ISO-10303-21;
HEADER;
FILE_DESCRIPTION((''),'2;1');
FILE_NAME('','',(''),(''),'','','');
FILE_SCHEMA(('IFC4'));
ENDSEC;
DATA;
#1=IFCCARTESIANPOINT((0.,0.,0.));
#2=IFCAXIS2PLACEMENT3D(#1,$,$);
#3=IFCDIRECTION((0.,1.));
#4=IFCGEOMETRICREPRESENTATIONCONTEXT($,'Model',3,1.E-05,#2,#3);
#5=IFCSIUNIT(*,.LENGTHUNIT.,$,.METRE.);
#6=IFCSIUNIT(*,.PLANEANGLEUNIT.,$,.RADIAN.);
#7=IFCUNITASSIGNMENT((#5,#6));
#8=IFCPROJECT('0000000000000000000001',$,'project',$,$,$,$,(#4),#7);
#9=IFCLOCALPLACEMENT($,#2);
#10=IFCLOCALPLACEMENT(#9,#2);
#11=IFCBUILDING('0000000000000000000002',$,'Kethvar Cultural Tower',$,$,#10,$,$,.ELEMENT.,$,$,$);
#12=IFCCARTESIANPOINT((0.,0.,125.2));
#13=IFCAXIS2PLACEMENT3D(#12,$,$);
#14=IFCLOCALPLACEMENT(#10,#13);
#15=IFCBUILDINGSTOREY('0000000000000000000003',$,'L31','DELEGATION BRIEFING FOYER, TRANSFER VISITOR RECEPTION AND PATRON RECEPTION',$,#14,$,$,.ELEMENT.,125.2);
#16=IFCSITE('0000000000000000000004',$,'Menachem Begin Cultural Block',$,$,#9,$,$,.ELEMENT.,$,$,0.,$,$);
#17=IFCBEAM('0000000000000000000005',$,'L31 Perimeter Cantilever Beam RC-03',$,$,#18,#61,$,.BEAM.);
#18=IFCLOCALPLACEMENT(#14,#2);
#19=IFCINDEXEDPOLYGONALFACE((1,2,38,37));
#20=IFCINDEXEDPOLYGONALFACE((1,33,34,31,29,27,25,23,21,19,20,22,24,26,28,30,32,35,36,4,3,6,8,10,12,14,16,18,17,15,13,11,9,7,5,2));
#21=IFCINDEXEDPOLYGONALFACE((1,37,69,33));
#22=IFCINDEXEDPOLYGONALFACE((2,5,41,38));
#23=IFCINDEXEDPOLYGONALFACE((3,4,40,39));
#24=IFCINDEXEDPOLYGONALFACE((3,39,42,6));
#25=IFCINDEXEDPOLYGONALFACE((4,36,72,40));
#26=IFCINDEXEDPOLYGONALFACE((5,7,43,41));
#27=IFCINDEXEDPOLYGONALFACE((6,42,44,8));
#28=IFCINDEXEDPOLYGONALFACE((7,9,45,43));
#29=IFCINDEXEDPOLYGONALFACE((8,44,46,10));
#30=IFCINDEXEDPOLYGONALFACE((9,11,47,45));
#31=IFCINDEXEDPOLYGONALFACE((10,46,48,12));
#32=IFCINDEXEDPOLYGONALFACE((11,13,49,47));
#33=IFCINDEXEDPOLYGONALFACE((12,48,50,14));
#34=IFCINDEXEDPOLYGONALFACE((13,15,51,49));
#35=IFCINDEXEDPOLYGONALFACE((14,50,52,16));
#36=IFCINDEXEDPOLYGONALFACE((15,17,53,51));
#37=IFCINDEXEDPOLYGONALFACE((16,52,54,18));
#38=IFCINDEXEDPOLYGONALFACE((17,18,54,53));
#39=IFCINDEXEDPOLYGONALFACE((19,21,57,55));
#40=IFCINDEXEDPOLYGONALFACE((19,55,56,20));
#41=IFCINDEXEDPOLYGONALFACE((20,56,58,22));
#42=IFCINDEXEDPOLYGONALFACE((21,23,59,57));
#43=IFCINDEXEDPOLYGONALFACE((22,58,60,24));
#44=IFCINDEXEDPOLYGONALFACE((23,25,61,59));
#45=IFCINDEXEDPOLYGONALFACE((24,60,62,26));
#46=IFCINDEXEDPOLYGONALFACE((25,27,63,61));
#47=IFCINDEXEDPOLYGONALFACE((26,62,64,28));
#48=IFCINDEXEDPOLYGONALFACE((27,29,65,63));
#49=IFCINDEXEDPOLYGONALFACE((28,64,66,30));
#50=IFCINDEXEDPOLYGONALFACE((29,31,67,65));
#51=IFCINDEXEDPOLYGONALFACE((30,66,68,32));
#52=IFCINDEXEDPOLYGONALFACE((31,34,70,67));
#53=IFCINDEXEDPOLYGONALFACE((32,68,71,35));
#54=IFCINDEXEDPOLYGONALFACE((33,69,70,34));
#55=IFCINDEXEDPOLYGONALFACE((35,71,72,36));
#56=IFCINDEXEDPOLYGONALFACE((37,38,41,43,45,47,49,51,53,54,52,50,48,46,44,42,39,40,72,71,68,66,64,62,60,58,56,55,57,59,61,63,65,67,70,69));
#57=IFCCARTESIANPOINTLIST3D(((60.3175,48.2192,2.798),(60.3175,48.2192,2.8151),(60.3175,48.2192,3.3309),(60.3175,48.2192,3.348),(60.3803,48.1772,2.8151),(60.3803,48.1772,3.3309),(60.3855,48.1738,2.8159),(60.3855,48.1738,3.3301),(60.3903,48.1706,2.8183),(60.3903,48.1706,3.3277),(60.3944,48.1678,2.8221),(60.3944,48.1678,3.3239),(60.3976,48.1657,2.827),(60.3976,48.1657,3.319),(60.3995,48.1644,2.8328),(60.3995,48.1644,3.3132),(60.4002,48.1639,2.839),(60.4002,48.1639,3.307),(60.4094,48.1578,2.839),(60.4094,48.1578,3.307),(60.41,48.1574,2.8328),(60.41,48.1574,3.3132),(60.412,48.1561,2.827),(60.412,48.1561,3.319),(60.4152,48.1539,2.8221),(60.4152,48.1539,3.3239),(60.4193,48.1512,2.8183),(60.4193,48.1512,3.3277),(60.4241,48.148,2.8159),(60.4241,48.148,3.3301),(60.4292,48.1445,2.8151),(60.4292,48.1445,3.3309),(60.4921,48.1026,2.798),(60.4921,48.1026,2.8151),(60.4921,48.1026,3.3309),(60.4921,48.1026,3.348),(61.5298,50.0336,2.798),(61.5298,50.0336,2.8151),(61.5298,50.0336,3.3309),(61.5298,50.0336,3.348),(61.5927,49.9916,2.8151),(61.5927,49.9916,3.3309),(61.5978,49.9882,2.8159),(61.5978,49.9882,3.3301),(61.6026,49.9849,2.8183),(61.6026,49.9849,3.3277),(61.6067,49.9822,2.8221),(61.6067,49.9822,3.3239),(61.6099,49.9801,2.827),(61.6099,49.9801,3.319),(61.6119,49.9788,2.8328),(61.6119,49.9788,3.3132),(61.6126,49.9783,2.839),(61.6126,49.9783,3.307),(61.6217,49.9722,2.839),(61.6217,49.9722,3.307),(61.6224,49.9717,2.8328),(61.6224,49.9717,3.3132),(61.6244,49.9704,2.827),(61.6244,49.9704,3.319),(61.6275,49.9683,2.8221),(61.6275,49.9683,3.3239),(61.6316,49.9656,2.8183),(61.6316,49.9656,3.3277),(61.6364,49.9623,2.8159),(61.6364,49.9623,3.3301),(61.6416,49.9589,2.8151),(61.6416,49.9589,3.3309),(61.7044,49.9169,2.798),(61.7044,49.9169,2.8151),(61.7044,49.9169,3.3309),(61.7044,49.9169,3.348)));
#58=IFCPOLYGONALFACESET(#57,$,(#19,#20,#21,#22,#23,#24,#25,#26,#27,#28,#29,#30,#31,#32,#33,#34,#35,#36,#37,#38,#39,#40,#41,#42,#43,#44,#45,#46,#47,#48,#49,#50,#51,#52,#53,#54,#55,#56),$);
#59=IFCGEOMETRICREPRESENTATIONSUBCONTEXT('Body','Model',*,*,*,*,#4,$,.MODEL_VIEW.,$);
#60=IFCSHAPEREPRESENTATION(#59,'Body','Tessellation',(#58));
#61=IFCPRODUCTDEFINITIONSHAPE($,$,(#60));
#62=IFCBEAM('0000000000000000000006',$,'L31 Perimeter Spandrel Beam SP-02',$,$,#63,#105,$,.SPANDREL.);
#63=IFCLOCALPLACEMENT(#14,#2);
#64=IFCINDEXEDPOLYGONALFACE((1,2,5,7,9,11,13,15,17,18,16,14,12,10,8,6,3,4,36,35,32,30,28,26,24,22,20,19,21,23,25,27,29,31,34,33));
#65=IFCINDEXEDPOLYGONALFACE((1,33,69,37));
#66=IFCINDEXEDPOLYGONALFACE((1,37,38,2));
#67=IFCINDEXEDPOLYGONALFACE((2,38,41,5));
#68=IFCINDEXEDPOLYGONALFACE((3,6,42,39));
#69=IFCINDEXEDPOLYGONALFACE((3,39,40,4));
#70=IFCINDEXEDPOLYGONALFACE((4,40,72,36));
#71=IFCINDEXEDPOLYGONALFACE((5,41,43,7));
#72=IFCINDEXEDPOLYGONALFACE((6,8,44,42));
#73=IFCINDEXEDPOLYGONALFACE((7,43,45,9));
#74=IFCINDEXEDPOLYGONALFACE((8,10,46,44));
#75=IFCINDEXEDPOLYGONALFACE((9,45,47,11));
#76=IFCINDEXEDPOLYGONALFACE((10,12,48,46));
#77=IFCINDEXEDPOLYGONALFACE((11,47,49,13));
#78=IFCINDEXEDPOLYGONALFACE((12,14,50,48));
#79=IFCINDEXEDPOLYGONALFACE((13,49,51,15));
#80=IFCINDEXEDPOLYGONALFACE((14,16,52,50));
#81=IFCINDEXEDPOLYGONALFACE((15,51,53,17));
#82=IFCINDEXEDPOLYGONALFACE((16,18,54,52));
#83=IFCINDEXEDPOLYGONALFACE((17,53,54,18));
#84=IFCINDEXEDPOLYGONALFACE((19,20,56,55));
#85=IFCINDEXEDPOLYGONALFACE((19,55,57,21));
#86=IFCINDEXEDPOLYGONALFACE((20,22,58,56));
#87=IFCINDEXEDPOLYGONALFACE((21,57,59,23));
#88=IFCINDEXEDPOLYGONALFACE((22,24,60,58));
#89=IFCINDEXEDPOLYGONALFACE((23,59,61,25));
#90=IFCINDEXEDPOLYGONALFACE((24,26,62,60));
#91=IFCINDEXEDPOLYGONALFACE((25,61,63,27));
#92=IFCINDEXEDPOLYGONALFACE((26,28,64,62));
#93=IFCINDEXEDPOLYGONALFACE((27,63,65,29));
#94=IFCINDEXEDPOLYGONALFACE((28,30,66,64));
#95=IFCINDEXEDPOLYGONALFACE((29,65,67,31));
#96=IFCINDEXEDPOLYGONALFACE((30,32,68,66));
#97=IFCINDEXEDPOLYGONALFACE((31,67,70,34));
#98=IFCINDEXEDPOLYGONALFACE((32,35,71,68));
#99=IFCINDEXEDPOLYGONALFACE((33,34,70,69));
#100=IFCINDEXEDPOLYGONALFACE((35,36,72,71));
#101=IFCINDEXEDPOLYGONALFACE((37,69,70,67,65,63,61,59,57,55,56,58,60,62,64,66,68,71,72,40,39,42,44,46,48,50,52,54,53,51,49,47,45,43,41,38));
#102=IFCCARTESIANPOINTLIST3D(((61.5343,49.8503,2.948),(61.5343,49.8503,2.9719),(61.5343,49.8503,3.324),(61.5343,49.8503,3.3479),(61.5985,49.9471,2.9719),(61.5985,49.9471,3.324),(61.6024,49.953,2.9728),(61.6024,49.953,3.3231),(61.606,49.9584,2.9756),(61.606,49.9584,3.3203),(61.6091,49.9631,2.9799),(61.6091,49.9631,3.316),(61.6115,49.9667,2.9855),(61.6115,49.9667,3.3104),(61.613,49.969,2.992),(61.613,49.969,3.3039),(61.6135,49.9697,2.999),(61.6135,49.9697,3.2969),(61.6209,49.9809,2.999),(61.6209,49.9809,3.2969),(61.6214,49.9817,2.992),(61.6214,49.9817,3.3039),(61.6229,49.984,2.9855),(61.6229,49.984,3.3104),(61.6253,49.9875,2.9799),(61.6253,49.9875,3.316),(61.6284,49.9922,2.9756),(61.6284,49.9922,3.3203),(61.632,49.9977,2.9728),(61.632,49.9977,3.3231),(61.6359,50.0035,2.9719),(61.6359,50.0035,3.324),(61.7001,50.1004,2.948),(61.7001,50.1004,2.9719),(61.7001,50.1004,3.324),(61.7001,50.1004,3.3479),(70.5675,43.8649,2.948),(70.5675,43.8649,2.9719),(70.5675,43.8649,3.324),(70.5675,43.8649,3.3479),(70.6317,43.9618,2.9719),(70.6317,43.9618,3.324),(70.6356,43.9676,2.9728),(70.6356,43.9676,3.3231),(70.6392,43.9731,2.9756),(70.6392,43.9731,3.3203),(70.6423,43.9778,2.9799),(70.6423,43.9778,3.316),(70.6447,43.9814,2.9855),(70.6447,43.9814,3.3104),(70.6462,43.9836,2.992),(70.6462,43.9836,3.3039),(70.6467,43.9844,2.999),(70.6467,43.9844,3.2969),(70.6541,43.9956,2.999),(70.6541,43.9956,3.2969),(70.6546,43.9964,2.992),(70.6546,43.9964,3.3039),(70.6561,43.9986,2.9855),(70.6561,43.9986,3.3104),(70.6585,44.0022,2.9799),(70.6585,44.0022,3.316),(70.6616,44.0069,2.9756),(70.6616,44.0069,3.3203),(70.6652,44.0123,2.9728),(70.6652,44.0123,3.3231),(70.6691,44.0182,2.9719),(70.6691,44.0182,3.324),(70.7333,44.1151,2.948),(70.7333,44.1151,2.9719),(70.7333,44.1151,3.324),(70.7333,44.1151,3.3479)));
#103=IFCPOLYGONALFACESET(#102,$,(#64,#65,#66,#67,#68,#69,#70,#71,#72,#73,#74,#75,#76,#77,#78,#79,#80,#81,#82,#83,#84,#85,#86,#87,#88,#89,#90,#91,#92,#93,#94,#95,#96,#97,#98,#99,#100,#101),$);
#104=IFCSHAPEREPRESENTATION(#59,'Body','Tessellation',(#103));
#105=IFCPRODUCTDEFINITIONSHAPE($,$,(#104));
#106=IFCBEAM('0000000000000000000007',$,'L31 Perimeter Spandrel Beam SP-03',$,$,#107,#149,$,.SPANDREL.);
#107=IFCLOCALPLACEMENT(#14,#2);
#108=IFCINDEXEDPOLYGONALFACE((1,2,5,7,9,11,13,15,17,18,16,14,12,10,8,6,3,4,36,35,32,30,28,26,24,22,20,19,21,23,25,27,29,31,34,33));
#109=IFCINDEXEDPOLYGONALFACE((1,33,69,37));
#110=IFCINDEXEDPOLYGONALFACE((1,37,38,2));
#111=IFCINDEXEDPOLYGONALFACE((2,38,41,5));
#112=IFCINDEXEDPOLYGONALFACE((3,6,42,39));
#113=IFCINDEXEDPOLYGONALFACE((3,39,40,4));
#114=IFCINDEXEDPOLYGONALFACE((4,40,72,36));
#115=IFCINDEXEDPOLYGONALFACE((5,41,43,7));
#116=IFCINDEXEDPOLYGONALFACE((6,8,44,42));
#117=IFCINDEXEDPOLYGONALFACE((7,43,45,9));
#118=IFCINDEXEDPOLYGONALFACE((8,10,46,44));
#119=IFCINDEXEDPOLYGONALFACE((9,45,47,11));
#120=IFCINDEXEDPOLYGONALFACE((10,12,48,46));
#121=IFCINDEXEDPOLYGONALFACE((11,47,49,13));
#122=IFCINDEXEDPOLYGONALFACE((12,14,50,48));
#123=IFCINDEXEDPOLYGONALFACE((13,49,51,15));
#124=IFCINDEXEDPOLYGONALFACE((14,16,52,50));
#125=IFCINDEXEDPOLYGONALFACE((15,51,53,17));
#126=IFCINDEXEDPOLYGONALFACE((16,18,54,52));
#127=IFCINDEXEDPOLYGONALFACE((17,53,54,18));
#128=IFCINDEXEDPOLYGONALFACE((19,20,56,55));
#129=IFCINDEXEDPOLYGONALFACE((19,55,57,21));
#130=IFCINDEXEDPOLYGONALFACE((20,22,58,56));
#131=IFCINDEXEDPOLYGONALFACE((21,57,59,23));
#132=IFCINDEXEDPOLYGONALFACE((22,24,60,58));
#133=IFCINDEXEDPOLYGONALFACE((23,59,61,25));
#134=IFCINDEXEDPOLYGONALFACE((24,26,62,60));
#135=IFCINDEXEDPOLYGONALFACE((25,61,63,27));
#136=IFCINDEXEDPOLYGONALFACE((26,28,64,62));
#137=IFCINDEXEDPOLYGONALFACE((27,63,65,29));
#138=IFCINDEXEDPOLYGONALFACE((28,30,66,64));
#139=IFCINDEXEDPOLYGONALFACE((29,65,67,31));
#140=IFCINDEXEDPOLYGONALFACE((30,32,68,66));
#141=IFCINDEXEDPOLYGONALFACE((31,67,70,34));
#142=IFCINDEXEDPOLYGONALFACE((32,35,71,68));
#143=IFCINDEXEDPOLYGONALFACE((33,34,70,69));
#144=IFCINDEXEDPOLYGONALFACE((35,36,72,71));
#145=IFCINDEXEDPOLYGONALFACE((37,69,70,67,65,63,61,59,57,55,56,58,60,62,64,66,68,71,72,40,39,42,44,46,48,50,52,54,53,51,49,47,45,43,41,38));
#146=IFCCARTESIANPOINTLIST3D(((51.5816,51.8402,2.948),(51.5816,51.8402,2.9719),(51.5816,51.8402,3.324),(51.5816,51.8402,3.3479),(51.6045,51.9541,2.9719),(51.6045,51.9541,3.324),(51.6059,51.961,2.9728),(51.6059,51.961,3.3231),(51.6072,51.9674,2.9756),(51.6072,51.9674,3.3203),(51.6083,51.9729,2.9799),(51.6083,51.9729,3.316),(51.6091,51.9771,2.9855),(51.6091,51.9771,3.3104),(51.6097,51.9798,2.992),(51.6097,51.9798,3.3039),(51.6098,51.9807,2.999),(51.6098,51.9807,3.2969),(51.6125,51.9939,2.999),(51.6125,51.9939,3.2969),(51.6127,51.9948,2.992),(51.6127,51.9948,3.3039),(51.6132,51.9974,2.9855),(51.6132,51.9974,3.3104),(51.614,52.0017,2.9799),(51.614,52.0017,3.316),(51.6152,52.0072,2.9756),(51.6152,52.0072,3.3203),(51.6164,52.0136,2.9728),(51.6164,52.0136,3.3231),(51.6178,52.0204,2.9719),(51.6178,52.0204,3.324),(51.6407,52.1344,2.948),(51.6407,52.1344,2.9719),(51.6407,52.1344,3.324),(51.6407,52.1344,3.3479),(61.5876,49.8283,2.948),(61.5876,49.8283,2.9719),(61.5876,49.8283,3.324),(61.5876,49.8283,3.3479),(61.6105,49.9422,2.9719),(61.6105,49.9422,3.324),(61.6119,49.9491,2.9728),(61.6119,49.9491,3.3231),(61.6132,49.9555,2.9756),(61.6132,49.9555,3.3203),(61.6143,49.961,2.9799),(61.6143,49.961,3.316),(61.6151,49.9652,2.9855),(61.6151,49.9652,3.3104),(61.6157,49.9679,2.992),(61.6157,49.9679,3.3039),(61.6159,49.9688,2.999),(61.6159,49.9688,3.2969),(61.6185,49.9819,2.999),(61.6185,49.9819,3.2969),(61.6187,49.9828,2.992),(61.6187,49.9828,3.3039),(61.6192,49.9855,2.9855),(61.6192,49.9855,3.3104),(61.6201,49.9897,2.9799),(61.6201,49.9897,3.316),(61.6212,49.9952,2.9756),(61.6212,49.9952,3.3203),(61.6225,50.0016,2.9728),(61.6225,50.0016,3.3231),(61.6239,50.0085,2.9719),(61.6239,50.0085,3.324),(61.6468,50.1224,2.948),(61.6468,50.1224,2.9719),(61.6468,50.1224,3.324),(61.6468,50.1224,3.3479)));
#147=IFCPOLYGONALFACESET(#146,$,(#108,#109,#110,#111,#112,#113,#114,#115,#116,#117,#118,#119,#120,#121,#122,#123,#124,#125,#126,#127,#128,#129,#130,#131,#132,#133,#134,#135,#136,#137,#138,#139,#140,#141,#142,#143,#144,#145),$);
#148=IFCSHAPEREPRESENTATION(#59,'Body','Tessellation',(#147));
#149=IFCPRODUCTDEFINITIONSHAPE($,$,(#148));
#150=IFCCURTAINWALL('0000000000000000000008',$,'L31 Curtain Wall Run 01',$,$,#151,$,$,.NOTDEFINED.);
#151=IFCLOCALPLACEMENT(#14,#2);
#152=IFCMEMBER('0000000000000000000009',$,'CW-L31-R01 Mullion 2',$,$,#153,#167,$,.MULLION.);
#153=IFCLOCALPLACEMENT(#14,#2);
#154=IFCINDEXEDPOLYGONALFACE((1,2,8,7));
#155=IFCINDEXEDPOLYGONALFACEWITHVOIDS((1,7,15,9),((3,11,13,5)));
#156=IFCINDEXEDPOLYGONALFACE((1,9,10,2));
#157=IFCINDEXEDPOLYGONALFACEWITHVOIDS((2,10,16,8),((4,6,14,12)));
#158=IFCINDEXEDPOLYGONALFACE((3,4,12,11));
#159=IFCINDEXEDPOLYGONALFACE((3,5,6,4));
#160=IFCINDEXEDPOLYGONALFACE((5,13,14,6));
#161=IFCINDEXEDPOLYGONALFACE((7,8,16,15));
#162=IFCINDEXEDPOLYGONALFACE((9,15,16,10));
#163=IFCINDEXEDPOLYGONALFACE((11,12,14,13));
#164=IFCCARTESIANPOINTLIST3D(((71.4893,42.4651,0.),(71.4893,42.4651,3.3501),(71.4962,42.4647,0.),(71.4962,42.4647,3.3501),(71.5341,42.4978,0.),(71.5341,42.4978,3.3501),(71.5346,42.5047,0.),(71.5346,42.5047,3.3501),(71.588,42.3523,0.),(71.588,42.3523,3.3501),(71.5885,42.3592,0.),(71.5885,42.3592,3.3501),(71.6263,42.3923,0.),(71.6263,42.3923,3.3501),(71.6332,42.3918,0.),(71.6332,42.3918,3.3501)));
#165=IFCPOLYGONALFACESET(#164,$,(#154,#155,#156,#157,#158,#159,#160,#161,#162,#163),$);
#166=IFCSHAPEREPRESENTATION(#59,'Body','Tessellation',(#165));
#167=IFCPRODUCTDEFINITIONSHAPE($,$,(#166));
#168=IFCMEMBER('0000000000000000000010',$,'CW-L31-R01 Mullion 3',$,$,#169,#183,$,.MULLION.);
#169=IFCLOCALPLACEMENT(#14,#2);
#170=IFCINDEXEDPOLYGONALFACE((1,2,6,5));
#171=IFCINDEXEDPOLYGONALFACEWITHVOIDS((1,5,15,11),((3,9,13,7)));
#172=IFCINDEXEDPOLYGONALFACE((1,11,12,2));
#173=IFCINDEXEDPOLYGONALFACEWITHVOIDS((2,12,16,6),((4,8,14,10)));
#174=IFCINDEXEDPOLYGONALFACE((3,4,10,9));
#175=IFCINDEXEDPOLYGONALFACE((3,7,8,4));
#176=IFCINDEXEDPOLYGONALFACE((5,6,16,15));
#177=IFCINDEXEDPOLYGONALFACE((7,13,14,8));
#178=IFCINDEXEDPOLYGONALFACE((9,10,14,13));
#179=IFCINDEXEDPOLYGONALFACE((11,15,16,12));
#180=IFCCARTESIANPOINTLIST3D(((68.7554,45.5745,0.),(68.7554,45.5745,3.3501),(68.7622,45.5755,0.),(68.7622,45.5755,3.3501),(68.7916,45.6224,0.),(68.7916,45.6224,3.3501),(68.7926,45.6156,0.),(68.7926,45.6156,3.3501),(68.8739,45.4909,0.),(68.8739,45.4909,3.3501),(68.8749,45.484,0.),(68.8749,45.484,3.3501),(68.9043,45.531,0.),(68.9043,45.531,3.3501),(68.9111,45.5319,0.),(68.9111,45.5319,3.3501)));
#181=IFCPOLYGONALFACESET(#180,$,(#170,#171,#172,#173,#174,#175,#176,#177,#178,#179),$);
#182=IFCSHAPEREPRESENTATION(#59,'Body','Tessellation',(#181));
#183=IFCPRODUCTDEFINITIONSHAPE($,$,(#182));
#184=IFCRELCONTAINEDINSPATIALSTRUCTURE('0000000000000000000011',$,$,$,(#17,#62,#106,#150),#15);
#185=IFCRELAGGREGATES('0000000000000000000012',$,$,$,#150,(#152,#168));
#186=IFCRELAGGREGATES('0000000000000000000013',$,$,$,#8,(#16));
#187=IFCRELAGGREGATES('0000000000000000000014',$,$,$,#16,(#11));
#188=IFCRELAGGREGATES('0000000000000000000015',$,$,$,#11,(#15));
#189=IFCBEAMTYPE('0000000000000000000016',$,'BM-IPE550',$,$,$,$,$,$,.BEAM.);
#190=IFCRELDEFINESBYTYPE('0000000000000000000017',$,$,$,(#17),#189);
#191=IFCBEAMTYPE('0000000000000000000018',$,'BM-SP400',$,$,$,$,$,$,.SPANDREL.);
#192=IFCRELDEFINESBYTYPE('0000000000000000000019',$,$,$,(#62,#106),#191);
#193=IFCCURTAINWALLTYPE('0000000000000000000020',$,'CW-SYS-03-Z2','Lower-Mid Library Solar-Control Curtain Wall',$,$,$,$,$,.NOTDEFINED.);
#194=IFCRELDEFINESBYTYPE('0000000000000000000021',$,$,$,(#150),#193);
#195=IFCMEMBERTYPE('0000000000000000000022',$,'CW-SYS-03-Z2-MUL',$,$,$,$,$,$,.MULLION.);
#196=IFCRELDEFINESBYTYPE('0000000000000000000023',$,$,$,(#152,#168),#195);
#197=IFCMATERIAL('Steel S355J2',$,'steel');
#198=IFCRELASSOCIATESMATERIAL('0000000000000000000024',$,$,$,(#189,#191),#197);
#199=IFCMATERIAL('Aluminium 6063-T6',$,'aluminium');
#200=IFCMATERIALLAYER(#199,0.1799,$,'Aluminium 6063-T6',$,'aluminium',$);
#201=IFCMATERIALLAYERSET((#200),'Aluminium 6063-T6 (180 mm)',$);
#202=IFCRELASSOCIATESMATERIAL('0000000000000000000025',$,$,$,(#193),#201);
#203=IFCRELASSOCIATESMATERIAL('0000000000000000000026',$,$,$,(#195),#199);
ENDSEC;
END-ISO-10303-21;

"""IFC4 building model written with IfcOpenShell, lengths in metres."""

from ifc_helpers import new_model, si_unit, direction, frame, origin, origin_2d, place, context, subcontext, project, spatial, hollow_rectangle, i_section, extrude, source, transform, mapped, material, layer, layer_set, material_profile, profile_set, type_object, element, aggregate, save


model = new_model("IFC4")

# Units and contexts
model_context = context("Model", 3, precision=1e-05, world=origin(), true_north=direction((0.0, 1.0)))
body_context = subcontext(model_context, "Body", "Model", "MODEL_VIEW")
ifc_project = project(units=[si_unit("LENGTHUNIT", "METRE"), si_unit("PLANEANGLEUNIT", "RADIAN")], contexts=[model_context])

# Site, building, storey
site_placement = place(None, origin())
site = spatial("IfcSite", under=ifc_project, at=site_placement, Name="Menachem Begin Cultural Block", CompositionType="ELEMENT", RefElevation=0.0)
building_placement = place(site_placement, origin())
building = spatial("IfcBuilding", under=site, at=building_placement, Name="Kethvar Cultural Tower", CompositionType="ELEMENT")
storey_placement = place(building_placement, frame((0.0, 0.0, 125.2)))
storey = spatial("IfcBuildingStorey", under=building, at=storey_placement, Name="L31", Description="DELEGATION BRIEFING FOYER, TRANSFER VISITOR RECEPTION AND PATRON RECEPTION", CompositionType="ELEMENT", Elevation=125.2)

# Beams
ifc_material_1 = material(Name="Steel S355J2", Category="steel")
ifc_material_profile_1 = material_profile(ifc_material_1, i_section(OverallWidth=0.21, OverallDepth=0.55, WebThickness=0.011, FlangeThickness=0.0171, FilletRadius=0.0239, at=origin_2d()), Name="Steel S355J2 — IPE550")
ifc_profile_set_1 = profile_set([ifc_material_profile_1], Name="Steel S355J2 — IPE550")
beam_type_1 = type_object("IfcBeamType", Name="BM-IPE550", PredefinedType="BEAM", material=ifc_profile_set_1)
shared_shape_1 = source(origin(), body_context, "Body", "SweptSolid", [
    extrude(i_section(OverallWidth=0.21, OverallDepth=0.55, WebThickness=0.011, FlangeThickness=0.0171, FilletRadius=0.0239, at=origin_2d()), origin(), (0.0, 0.0, 1.0), 2.1821),
])
beam_1_placement = place(storey_placement, frame((60.4048, 48.1609, 3.073), z_axis=(0.555578, 0.831465, 0.0), x_axis=(-0.831465, 0.555578, 0.0)))
element("IfcBeam", 1, at=beam_1_placement, inside=storey, type_object=beam_type_1, Name="L31 Perimeter Cantilever Beam RC-03", PredefinedType="BEAM", context=body_context, shape_type="MappedRepresentation", body=[
    mapped(shared_shape_1, transform((0.0, 0.0, 0.0), scale=1.0)),
])
ifc_material_profile_2 = material_profile(ifc_material_1, i_section(OverallWidth=0.3, OverallDepth=0.3999, WebThickness=0.0134, FlangeThickness=0.0239, FilletRadius=0.0271, at=origin_2d()), Name="Steel S355J2 — HEB400")
ifc_profile_set_2 = profile_set([ifc_material_profile_2], Name="Steel S355J2 — HEB400")
beam_type_2 = type_object("IfcBeamType", Name="BM-SP400", PredefinedType="SPANDREL", material=ifc_profile_set_2)
shared_shape_2 = source(origin(), body_context, "Body", "SweptSolid", [
    extrude(i_section(OverallWidth=0.3, OverallDepth=0.3999, WebThickness=0.0134, FlangeThickness=0.0239, FilletRadius=0.0271, at=origin_2d()), origin(), (0.0, 0.0, 1.0), 10.8362),
])
beam_2_placement = place(storey_placement, frame((70.6504, 43.99, 3.1479), z_axis=(-0.833614, 0.552348, 0.0), x_axis=(-0.552348, -0.833614, 0.0)))
element("IfcBeam", 2, at=beam_2_placement, inside=storey, type_object=beam_type_2, Name="L31 Perimeter Spandrel Beam SP-02", PredefinedType="SPANDREL", context=body_context, shape_type="MappedRepresentation", body=[
    mapped(shared_shape_2, transform((0.0, 0.0, 0.0), scale=1.0)),
])
shared_shape_3 = source(origin(), body_context, "Body", "SweptSolid", [
    extrude(i_section(OverallWidth=0.3, OverallDepth=0.3999, WebThickness=0.0134, FlangeThickness=0.0239, FilletRadius=0.0271, at=origin_2d()), origin(), (0.0, 0.0, 1.0), 10.2063),
])
beam_3_placement = place(storey_placement, frame((61.6172, 49.9753, 3.1479), z_axis=(-0.980378, 0.197128, 0.0), x_axis=(-0.197128, -0.980378, 0.0)))
element("IfcBeam", 3, at=beam_3_placement, inside=storey, type_object=beam_type_2, Name="L31 Perimeter Spandrel Beam SP-03", PredefinedType="SPANDREL", context=body_context, shape_type="MappedRepresentation", body=[
    mapped(shared_shape_3, transform((0.0, 0.0, 0.0), scale=1.0)),
])

# Curtain wall, members
ifc_material_2 = material(Name="Aluminium 6063-T6", Category="aluminium")
ifc_layer_1 = layer(ifc_material_2, 0.1799, Name="Aluminium 6063-T6", Category="aluminium")
ifc_layer_set_1 = layer_set([ifc_layer_1], Name="Aluminium 6063-T6 (180 mm)")
curtain_wall_type = type_object("IfcCurtainWallType", Name="CW-SYS-03-Z2", Description="Lower-Mid Library Solar-Control Curtain Wall", PredefinedType="NOTDEFINED", material=ifc_layer_set_1)
curtain_wall_placement = place(storey_placement, origin())
curtain_wall = element("IfcCurtainWall", 4, at=curtain_wall_placement, inside=storey, type_object=curtain_wall_type, Name="L31 Curtain Wall Run 01", PredefinedType="NOTDEFINED")
ifc_material_profile_3 = material_profile(ifc_material_2, hollow_rectangle(XDim=0.0601, YDim=0.1499, WallThickness=0.0049, at=origin_2d()), Name="Aluminium 6063-T6 — RHS150x60x5")
ifc_profile_set_3 = profile_set([ifc_material_profile_3], Name="Aluminium 6063-T6 — RHS150x60x5")
member_type_1 = type_object("IfcMemberType", Name="CW-SYS-03-Z2-MUL", PredefinedType="MULLION", material=ifc_profile_set_3)
shared_shape_4 = source(origin(), body_context, "Body", "SweptSolid", [
    extrude(hollow_rectangle(XDim=0.0601, YDim=0.1499, WallThickness=0.0049, at=origin_2d()), origin(), (0.0, 0.0, 1.0), 3.3501),
])
member_1_placement = place(storey_placement, frame((71.5613, 42.4285, 0.0), z_axis=(0.0, 0.0, 1.0), x_axis=(-0.752909, -0.658125, 0.0)))
member_1 = element("IfcMember", 5, at=member_1_placement, type_object=member_type_1, Name="CW-L31-R01 Mullion 2", PredefinedType="MULLION", context=body_context, shape_type="MappedRepresentation", body=[
    mapped(shared_shape_4, transform((0.0, 0.0, 0.0), scale=1.0)),
])
member_2_placement = place(storey_placement, frame((68.8333, 45.5532, 0.0), z_axis=(0.0, 0.0, 1.0), x_axis=(-0.603709, -0.797205, 0.0)))
member_2 = element("IfcMember", 6, at=member_2_placement, type_object=member_type_1, Name="CW-L31-R01 Mullion 3", PredefinedType="MULLION", context=body_context, shape_type="MappedRepresentation", body=[
    mapped(shared_shape_4, transform((0.0, 0.0, 0.0), scale=1.0)),
])
aggregate(curtain_wall, [member_1, member_2])

save(model, "model.ifc")
